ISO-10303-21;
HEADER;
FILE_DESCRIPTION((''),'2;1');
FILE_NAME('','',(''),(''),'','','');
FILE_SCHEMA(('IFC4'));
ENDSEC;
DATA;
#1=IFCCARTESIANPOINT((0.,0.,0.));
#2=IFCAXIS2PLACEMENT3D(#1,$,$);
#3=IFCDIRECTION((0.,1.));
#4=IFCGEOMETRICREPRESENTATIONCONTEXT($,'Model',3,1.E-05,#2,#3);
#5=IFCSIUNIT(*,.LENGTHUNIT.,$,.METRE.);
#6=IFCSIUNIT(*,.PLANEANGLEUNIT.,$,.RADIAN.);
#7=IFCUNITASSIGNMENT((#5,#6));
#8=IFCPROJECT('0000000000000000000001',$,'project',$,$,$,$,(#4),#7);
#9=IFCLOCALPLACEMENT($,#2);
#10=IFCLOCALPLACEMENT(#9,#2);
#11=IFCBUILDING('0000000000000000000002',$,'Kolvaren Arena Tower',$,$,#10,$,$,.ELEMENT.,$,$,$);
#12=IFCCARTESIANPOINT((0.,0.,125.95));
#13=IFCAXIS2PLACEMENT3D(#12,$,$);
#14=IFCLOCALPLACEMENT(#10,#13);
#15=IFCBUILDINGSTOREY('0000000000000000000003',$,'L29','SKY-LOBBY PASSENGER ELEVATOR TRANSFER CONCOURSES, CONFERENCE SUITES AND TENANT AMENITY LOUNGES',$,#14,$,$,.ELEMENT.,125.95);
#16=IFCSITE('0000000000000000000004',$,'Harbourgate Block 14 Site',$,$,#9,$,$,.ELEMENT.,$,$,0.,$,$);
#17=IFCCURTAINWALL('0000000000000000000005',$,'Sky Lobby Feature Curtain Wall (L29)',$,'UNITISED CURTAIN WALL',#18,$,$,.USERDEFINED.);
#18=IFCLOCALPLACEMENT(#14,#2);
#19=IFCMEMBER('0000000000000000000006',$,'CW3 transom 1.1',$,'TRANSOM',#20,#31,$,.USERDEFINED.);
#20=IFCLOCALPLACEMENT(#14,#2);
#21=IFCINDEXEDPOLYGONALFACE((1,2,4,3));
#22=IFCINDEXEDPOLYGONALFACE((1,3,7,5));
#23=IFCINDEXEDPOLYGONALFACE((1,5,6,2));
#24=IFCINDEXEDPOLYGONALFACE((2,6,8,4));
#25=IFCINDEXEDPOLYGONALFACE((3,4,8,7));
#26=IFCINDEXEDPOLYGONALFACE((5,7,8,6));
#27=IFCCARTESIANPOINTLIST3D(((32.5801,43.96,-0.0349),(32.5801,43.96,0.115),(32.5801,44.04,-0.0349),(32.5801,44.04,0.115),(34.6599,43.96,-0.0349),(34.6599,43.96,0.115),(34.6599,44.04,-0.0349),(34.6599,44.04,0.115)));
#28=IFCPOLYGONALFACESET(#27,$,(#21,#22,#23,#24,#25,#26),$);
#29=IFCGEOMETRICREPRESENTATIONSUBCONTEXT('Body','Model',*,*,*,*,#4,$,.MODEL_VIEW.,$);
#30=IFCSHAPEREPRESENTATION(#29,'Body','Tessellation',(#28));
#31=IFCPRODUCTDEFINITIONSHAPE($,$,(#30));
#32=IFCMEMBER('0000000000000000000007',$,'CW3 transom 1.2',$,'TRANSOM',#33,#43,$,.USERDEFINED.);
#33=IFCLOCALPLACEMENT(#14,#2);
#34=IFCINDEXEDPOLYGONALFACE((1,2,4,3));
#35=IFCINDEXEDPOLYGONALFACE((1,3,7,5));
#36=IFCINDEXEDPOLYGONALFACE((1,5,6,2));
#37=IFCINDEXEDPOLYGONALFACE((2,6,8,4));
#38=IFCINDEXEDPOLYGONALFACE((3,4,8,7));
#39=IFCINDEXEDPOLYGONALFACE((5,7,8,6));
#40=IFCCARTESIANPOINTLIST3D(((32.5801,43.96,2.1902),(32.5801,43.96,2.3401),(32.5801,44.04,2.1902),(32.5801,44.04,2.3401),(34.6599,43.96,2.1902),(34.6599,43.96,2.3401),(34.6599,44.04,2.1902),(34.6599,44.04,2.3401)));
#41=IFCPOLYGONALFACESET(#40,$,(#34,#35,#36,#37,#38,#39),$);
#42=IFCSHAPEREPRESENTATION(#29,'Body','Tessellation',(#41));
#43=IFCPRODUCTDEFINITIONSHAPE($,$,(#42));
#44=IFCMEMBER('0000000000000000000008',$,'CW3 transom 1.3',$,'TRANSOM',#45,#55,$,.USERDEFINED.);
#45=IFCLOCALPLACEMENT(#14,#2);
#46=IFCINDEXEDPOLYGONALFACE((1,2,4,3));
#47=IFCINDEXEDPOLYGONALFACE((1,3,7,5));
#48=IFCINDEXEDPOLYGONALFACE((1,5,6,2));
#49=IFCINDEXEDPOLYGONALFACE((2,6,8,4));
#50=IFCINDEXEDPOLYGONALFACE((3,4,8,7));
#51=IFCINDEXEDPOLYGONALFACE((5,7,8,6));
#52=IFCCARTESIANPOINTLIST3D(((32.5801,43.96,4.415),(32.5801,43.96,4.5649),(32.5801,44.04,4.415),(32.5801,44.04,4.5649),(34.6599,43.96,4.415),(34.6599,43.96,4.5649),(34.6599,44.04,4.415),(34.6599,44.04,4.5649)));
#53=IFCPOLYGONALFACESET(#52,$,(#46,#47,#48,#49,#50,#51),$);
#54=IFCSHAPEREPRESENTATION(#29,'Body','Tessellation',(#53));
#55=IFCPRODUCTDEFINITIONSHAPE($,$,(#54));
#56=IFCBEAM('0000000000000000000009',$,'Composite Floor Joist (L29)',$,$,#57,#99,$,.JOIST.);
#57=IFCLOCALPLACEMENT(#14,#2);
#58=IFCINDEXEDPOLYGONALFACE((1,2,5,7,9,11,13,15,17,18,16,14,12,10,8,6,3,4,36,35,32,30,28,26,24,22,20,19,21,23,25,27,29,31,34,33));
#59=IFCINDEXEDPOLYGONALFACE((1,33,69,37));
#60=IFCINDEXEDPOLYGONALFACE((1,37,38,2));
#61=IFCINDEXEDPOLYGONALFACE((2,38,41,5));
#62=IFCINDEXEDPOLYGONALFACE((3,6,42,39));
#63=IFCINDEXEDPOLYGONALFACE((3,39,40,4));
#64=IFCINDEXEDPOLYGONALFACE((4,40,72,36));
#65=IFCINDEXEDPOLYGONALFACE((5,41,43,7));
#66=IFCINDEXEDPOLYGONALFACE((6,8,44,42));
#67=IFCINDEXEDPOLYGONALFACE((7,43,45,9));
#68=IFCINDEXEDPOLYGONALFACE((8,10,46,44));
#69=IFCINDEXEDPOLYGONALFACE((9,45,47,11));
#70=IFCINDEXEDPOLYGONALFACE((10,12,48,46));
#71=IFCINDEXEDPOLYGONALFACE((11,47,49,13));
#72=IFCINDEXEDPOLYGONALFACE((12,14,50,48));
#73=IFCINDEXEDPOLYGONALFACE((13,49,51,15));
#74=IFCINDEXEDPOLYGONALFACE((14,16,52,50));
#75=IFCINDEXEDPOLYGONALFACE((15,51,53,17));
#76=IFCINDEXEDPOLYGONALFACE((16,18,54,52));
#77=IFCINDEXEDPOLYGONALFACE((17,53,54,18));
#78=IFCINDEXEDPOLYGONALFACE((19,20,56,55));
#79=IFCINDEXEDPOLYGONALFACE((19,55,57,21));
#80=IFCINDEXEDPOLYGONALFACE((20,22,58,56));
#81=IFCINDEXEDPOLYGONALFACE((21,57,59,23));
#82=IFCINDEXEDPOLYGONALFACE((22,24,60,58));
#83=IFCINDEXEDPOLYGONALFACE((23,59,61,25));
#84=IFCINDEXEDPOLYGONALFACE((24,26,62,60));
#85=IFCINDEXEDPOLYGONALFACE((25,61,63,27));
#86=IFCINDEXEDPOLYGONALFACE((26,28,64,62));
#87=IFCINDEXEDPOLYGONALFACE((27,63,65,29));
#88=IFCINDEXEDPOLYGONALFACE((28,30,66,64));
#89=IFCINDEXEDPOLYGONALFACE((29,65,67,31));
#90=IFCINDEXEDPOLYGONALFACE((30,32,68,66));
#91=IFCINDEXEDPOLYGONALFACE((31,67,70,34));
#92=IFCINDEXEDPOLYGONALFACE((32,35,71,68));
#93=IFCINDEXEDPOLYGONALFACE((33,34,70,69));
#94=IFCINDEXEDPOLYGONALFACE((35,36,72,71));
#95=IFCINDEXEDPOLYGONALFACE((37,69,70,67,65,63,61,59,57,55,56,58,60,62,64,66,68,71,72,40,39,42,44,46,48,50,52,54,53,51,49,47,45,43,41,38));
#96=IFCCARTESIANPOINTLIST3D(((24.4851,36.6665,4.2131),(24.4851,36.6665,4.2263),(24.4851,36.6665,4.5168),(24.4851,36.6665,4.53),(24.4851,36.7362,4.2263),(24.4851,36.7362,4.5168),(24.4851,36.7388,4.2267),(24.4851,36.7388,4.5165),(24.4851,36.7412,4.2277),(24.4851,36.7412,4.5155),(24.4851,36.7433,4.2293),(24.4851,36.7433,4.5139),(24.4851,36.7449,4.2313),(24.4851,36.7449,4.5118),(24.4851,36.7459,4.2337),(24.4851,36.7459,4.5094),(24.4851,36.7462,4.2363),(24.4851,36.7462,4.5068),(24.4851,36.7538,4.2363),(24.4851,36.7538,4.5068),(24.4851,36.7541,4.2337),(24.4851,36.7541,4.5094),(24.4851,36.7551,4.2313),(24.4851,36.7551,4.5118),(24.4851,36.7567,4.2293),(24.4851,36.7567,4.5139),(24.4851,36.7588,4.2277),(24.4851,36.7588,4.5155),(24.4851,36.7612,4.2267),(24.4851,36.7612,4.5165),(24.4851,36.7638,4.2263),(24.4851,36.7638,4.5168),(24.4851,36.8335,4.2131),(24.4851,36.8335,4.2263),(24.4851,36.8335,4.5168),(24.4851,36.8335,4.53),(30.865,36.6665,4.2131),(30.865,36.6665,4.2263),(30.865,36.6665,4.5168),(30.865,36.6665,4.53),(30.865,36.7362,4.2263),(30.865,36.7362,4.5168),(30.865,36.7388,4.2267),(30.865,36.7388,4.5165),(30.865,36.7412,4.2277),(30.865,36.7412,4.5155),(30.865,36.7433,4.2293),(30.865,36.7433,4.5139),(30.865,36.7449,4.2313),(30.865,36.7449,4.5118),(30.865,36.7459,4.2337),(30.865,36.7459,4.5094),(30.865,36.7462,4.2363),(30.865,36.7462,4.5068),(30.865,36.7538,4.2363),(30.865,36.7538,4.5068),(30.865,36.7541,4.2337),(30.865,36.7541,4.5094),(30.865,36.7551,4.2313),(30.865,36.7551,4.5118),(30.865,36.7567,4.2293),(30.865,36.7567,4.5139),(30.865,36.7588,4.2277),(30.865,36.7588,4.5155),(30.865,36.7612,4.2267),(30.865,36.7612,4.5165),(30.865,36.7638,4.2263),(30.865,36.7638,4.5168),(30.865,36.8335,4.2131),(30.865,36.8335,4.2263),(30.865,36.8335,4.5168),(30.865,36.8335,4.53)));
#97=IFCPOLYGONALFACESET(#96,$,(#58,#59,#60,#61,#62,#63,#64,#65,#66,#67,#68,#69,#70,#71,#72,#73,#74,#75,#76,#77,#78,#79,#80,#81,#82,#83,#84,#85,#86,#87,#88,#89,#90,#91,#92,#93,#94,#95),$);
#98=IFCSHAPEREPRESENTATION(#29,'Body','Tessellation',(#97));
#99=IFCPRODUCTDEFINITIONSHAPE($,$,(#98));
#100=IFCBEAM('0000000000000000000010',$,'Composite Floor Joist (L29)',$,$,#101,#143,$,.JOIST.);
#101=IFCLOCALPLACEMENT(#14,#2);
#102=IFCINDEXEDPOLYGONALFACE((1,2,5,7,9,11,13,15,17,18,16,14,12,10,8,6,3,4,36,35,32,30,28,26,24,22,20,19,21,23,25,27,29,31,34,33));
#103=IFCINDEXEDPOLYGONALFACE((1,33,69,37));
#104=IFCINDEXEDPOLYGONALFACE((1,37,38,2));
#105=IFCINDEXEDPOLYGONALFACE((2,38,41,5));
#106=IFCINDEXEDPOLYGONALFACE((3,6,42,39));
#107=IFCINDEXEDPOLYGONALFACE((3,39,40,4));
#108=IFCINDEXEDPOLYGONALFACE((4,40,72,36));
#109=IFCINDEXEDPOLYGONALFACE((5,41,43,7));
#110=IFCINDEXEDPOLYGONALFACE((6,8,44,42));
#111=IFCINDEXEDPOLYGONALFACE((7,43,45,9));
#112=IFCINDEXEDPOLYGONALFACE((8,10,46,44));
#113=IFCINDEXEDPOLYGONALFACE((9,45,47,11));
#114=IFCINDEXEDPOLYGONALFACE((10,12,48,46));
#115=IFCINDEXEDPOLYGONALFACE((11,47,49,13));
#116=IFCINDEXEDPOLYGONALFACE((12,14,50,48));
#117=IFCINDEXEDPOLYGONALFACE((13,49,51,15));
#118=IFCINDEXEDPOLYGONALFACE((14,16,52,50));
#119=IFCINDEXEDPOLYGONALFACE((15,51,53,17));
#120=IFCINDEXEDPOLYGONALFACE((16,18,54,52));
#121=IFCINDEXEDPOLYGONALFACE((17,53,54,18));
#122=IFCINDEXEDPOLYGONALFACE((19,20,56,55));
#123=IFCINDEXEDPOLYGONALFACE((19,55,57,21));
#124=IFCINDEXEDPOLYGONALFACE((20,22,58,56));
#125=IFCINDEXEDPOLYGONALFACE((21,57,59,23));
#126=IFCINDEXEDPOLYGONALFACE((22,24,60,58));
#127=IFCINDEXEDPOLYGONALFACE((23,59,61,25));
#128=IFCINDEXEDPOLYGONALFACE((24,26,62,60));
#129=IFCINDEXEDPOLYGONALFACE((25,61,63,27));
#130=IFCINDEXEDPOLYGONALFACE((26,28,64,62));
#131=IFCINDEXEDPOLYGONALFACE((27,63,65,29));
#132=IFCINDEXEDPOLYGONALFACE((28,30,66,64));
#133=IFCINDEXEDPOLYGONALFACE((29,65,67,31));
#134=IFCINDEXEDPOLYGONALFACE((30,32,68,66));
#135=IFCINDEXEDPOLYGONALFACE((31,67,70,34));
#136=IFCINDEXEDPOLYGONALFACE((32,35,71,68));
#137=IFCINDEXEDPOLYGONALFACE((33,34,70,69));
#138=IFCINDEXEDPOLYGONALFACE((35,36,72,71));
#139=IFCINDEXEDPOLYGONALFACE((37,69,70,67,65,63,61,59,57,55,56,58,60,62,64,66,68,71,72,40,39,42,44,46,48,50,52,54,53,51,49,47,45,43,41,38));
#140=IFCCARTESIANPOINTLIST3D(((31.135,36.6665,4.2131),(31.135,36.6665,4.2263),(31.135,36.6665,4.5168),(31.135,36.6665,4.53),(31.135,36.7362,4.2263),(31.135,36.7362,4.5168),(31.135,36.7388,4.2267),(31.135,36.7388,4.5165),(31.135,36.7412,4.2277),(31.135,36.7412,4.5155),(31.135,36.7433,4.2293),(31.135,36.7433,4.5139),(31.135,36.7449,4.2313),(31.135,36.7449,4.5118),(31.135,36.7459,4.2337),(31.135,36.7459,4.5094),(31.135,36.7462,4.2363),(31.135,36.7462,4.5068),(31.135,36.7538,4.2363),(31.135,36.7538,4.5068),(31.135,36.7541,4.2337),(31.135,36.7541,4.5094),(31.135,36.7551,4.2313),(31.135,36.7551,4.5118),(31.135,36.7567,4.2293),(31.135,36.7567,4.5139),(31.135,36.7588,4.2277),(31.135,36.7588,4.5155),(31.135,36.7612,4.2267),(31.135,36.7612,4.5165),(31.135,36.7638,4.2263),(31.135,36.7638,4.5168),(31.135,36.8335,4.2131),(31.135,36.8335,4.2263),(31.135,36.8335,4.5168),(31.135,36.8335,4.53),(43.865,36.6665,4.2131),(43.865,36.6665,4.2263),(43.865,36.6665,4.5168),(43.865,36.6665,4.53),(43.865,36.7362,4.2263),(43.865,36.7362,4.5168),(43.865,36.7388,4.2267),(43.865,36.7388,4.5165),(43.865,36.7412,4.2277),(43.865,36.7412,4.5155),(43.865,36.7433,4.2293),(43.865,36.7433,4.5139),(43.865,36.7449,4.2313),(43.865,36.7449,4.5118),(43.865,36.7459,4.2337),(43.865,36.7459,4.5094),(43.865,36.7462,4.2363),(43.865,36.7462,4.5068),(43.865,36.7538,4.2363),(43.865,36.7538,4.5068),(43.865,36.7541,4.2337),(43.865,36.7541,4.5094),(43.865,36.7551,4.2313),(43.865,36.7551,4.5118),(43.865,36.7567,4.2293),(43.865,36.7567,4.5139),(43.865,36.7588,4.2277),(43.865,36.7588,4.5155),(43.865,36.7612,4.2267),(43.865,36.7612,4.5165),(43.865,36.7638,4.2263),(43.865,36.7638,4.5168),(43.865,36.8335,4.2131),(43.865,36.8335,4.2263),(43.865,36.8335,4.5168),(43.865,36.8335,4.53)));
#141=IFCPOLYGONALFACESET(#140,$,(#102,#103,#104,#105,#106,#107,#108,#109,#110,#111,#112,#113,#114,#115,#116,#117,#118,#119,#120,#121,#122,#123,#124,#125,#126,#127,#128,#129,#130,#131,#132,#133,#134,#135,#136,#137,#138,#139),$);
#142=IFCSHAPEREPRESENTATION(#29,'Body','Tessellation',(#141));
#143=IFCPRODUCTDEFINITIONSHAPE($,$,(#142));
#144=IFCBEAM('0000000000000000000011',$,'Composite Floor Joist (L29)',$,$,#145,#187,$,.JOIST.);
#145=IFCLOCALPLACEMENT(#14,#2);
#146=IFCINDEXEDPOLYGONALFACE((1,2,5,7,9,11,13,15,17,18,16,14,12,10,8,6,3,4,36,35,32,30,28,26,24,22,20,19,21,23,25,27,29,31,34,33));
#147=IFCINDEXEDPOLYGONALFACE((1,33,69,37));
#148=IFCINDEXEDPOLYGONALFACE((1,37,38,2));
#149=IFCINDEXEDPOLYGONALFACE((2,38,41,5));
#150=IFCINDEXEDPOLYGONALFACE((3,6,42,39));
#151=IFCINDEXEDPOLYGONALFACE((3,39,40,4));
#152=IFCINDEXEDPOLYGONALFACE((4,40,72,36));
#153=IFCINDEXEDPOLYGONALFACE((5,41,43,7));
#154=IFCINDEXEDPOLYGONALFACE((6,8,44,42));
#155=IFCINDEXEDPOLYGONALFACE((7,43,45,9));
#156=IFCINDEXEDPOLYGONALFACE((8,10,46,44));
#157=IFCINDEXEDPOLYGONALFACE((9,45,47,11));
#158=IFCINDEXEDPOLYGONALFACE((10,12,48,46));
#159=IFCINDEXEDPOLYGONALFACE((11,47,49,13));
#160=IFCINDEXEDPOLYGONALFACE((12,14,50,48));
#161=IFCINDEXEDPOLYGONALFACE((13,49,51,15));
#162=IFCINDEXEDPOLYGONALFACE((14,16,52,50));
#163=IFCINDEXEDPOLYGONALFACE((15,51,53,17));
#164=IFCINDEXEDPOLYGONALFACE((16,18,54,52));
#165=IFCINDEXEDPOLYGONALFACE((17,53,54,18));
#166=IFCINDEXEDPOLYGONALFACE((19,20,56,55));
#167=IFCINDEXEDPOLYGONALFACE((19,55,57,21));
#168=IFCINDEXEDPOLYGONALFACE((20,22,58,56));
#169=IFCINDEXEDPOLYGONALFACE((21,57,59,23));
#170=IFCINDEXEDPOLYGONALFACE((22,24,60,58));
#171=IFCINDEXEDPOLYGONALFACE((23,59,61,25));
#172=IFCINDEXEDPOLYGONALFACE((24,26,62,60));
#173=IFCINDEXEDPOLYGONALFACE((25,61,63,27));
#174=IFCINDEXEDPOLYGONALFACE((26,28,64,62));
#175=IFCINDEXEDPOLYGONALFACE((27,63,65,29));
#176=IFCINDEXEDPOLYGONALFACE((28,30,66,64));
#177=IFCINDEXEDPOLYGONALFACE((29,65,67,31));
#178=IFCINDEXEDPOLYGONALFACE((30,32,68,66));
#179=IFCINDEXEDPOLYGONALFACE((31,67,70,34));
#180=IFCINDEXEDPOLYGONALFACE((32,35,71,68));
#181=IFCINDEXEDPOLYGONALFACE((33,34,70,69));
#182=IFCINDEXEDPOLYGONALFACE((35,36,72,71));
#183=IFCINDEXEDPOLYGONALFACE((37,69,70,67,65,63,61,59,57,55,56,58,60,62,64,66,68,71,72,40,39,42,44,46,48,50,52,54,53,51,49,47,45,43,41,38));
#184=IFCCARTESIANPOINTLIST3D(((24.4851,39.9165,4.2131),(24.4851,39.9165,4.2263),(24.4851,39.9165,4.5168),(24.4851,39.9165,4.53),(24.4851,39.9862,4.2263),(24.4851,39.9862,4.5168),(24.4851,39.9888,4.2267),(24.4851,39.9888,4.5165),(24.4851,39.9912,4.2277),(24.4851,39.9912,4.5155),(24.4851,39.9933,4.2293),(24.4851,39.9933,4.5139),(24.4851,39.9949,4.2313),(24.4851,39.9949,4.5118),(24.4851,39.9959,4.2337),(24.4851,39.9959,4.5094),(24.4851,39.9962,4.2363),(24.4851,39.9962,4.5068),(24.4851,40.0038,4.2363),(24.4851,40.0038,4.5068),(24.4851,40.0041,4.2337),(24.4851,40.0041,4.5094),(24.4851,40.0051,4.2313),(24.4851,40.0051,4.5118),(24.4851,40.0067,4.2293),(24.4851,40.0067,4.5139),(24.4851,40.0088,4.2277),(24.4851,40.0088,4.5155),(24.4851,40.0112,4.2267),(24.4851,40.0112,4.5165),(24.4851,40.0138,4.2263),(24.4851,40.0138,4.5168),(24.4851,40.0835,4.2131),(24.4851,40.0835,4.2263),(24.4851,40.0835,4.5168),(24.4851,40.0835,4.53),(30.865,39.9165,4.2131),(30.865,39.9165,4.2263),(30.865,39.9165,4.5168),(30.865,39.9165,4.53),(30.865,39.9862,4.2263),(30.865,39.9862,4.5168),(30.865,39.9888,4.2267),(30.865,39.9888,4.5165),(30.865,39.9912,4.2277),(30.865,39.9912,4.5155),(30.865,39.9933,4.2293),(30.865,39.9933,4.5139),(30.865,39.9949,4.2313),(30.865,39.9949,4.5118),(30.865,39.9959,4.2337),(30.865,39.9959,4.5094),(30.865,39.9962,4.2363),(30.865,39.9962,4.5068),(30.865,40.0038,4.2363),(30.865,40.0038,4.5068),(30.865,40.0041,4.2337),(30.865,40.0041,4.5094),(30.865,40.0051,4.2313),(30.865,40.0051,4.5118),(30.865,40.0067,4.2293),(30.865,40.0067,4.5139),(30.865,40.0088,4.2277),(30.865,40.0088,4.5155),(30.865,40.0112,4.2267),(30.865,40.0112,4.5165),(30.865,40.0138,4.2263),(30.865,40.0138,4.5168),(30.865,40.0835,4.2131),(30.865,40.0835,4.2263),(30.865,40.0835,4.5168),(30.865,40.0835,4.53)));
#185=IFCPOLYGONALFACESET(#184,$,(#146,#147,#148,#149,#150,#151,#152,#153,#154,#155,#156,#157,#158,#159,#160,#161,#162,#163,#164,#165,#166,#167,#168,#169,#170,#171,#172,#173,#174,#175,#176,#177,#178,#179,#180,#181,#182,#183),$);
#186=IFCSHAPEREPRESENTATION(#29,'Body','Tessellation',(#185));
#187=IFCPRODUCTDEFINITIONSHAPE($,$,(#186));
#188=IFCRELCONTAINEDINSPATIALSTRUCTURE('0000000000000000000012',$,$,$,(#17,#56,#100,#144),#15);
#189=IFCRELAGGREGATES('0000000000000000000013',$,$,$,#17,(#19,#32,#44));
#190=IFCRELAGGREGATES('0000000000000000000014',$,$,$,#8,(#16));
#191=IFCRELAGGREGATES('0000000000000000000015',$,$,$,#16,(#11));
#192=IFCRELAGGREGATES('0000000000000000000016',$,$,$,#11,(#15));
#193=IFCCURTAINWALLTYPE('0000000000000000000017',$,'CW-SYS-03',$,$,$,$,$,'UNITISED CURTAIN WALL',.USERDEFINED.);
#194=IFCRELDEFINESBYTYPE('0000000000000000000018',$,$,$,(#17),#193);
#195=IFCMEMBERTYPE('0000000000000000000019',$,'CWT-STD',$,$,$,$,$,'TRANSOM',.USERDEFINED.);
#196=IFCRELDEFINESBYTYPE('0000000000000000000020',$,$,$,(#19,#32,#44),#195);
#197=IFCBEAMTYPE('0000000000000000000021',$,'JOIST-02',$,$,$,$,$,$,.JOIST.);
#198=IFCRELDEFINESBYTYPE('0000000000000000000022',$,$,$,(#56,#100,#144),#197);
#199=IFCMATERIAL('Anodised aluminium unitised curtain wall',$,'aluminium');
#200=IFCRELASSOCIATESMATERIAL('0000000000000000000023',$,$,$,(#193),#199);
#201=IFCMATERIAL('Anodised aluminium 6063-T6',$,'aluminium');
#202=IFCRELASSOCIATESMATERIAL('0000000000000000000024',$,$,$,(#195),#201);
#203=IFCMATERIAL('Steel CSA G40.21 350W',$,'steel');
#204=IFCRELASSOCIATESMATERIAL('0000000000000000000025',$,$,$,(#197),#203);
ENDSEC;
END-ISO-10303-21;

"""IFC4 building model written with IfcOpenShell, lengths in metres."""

from ifc_helpers import new_model, si_unit, direction, frame, origin, origin_2d, place, context, subcontext, project, spatial, rectangle, i_section, extrude, material, material_profile, profile_set, type_object, element, aggregate, save


model = new_model("IFC4")

# Units and contexts
model_context = context("Model", 3, precision=1e-05, world=origin(), true_north=direction((0.0, 1.0)))
body_context = subcontext(model_context, "Body", "Model", "MODEL_VIEW")
ifc_project = project(units=[si_unit("LENGTHUNIT", "METRE"), si_unit("PLANEANGLEUNIT", "RADIAN")], contexts=[model_context])

# Site, building, storey
site_placement = place(None, origin())
site = spatial("IfcSite", under=ifc_project, at=site_placement, Name="Harbourgate Block 14 Site", CompositionType="ELEMENT", RefElevation=0.0)
building_placement = place(site_placement, origin())
building = spatial("IfcBuilding", under=site, at=building_placement, Name="Kolvaren Arena Tower", CompositionType="ELEMENT")
storey_placement = place(building_placement, frame((0.0, 0.0, 125.95)))
storey = spatial("IfcBuildingStorey", under=building, at=storey_placement, Name="L29", Description="SKY-LOBBY PASSENGER ELEVATOR TRANSFER CONCOURSES, CONFERENCE SUITES AND TENANT AMENITY LOUNGES", CompositionType="ELEMENT", Elevation=125.95)

# Shared definitions
ifc_material_1 = material(Name="Steel CSA G40.21 350W", Category="steel")

# Curtain wall, members
ifc_material_2 = material(Name="Anodised aluminium unitised curtain wall", Category="aluminium")
curtain_wall_type = type_object("IfcCurtainWallType", Name="CW-SYS-03", ElementType="UNITISED CURTAIN WALL", PredefinedType="USERDEFINED", material=ifc_material_2)
curtain_wall_placement = place(storey_placement, origin())
curtain_wall = element("IfcCurtainWall", 1, at=curtain_wall_placement, inside=storey, type_object=curtain_wall_type, Name="Sky Lobby Feature Curtain Wall (L29)", ObjectType="UNITISED CURTAIN WALL", PredefinedType="USERDEFINED")
ifc_material_3 = material(Name="Anodised aluminium 6063-T6", Category="aluminium")
ifc_material_profile_1 = material_profile(ifc_material_3, rectangle(XDim=0.0801, YDim=0.1499, at=origin_2d()), Name="ALU-80x150")
ifc_profile_set_1 = profile_set([ifc_material_profile_1], Name="Anodised aluminium 6063-T6")
member_type_1 = type_object("IfcMemberType", Name="CWT-STD", ElementType="TRANSOM", PredefinedType="USERDEFINED", material=ifc_profile_set_1)
member_1_placement = place(storey_placement, frame((32.5801, 44.0, 0.04), z_axis=(1.0, 0.0, 0.0), x_axis=(0.0, 1.0, 0.0)))
member_1 = element("IfcMember", 2, at=member_1_placement, type_object=member_type_1, Name="CW3 transom 1.1", ObjectType="TRANSOM", PredefinedType="USERDEFINED", context=body_context, shape_type="SweptSolid", body=[
    extrude(rectangle(XDim=0.0801, YDim=0.1499, at=origin_2d()), origin(), (0.0, 0.0, 1.0), 2.0798),
])
member_2_placement = place(storey_placement, frame((32.5801, 44.0, 2.2651), z_axis=(1.0, 0.0, 0.0), x_axis=(0.0, 1.0, 0.0)))
member_2 = element("IfcMember", 3, at=member_2_placement, type_object=member_type_1, Name="CW3 transom 1.2", ObjectType="TRANSOM", PredefinedType="USERDEFINED", context=body_context, shape_type="SweptSolid", body=[
    extrude(rectangle(XDim=0.0801, YDim=0.1499, at=origin_2d()), origin(), (0.0, 0.0, 1.0), 2.0798),
])
member_3_placement = place(storey_placement, frame((32.5801, 44.0, 4.49), z_axis=(1.0, 0.0, 0.0), x_axis=(0.0, 1.0, 0.0)))
member_3 = element("IfcMember", 4, at=member_3_placement, type_object=member_type_1, Name="CW3 transom 1.3", ObjectType="TRANSOM", PredefinedType="USERDEFINED", context=body_context, shape_type="SweptSolid", body=[
    extrude(rectangle(XDim=0.0801, YDim=0.1499, at=origin_2d()), origin(), (0.0, 0.0, 1.0), 2.0798),
])

# Beams
ifc_material_profile_2 = material_profile(ifc_material_1, i_section(OverallWidth=0.167, OverallDepth=0.3169, WebThickness=0.0076, FlangeThickness=0.0132, FilletRadius=0.01, at=origin_2d()), Name="W310x52")
ifc_profile_set_2 = profile_set([ifc_material_profile_2], Name="Steel CSA G40.21 350W")
beam_type_1 = type_object("IfcBeamType", Name="JOIST-02", PredefinedType="JOIST", material=ifc_profile_set_2)
beam_1_placement = place(storey_placement, frame((24.4851, 36.75, 4.3716), z_axis=(1.0, 0.0, 0.0), x_axis=(0.0, 1.0, 0.0)))
element("IfcBeam", 5, at=beam_1_placement, inside=storey, type_object=beam_type_1, Name="Composite Floor Joist (L29)", PredefinedType="JOIST", context=body_context, shape_type="SweptSolid", body=[
    extrude(i_section(OverallWidth=0.167, OverallDepth=0.3169, WebThickness=0.0076, FlangeThickness=0.0132, FilletRadius=0.01, at=origin_2d()), origin(), (0.0, 0.0, 1.0), 6.3799),
])
beam_2_placement = place(storey_placement, frame((31.135, 36.75, 4.3716), z_axis=(1.0, 0.0, 0.0), x_axis=(0.0, 1.0, 0.0)))
element("IfcBeam", 6, at=beam_2_placement, inside=storey, type_object=beam_type_1, Name="Composite Floor Joist (L29)", PredefinedType="JOIST", context=body_context, shape_type="SweptSolid", body=[
    extrude(i_section(OverallWidth=0.167, OverallDepth=0.3169, WebThickness=0.0076, FlangeThickness=0.0132, FilletRadius=0.01, at=origin_2d()), origin(), (0.0, 0.0, 1.0), 12.73),
])
beam_3_placement = place(storey_placement, frame((24.4851, 40.0, 4.3716), z_axis=(1.0, 0.0, 0.0), x_axis=(0.0, 1.0, 0.0)))
element("IfcBeam", 7, at=beam_3_placement, inside=storey, type_object=beam_type_1, Name="Composite Floor Joist (L29)", PredefinedType="JOIST", context=body_context, shape_type="SweptSolid", body=[
    extrude(i_section(OverallWidth=0.167, OverallDepth=0.3169, WebThickness=0.0076, FlangeThickness=0.0132, FilletRadius=0.01, at=origin_2d()), origin(), (0.0, 0.0, 1.0), 6.3799),
])

aggregate(curtain_wall, [member_1, member_2, member_3])

save(model, "model.ifc")
